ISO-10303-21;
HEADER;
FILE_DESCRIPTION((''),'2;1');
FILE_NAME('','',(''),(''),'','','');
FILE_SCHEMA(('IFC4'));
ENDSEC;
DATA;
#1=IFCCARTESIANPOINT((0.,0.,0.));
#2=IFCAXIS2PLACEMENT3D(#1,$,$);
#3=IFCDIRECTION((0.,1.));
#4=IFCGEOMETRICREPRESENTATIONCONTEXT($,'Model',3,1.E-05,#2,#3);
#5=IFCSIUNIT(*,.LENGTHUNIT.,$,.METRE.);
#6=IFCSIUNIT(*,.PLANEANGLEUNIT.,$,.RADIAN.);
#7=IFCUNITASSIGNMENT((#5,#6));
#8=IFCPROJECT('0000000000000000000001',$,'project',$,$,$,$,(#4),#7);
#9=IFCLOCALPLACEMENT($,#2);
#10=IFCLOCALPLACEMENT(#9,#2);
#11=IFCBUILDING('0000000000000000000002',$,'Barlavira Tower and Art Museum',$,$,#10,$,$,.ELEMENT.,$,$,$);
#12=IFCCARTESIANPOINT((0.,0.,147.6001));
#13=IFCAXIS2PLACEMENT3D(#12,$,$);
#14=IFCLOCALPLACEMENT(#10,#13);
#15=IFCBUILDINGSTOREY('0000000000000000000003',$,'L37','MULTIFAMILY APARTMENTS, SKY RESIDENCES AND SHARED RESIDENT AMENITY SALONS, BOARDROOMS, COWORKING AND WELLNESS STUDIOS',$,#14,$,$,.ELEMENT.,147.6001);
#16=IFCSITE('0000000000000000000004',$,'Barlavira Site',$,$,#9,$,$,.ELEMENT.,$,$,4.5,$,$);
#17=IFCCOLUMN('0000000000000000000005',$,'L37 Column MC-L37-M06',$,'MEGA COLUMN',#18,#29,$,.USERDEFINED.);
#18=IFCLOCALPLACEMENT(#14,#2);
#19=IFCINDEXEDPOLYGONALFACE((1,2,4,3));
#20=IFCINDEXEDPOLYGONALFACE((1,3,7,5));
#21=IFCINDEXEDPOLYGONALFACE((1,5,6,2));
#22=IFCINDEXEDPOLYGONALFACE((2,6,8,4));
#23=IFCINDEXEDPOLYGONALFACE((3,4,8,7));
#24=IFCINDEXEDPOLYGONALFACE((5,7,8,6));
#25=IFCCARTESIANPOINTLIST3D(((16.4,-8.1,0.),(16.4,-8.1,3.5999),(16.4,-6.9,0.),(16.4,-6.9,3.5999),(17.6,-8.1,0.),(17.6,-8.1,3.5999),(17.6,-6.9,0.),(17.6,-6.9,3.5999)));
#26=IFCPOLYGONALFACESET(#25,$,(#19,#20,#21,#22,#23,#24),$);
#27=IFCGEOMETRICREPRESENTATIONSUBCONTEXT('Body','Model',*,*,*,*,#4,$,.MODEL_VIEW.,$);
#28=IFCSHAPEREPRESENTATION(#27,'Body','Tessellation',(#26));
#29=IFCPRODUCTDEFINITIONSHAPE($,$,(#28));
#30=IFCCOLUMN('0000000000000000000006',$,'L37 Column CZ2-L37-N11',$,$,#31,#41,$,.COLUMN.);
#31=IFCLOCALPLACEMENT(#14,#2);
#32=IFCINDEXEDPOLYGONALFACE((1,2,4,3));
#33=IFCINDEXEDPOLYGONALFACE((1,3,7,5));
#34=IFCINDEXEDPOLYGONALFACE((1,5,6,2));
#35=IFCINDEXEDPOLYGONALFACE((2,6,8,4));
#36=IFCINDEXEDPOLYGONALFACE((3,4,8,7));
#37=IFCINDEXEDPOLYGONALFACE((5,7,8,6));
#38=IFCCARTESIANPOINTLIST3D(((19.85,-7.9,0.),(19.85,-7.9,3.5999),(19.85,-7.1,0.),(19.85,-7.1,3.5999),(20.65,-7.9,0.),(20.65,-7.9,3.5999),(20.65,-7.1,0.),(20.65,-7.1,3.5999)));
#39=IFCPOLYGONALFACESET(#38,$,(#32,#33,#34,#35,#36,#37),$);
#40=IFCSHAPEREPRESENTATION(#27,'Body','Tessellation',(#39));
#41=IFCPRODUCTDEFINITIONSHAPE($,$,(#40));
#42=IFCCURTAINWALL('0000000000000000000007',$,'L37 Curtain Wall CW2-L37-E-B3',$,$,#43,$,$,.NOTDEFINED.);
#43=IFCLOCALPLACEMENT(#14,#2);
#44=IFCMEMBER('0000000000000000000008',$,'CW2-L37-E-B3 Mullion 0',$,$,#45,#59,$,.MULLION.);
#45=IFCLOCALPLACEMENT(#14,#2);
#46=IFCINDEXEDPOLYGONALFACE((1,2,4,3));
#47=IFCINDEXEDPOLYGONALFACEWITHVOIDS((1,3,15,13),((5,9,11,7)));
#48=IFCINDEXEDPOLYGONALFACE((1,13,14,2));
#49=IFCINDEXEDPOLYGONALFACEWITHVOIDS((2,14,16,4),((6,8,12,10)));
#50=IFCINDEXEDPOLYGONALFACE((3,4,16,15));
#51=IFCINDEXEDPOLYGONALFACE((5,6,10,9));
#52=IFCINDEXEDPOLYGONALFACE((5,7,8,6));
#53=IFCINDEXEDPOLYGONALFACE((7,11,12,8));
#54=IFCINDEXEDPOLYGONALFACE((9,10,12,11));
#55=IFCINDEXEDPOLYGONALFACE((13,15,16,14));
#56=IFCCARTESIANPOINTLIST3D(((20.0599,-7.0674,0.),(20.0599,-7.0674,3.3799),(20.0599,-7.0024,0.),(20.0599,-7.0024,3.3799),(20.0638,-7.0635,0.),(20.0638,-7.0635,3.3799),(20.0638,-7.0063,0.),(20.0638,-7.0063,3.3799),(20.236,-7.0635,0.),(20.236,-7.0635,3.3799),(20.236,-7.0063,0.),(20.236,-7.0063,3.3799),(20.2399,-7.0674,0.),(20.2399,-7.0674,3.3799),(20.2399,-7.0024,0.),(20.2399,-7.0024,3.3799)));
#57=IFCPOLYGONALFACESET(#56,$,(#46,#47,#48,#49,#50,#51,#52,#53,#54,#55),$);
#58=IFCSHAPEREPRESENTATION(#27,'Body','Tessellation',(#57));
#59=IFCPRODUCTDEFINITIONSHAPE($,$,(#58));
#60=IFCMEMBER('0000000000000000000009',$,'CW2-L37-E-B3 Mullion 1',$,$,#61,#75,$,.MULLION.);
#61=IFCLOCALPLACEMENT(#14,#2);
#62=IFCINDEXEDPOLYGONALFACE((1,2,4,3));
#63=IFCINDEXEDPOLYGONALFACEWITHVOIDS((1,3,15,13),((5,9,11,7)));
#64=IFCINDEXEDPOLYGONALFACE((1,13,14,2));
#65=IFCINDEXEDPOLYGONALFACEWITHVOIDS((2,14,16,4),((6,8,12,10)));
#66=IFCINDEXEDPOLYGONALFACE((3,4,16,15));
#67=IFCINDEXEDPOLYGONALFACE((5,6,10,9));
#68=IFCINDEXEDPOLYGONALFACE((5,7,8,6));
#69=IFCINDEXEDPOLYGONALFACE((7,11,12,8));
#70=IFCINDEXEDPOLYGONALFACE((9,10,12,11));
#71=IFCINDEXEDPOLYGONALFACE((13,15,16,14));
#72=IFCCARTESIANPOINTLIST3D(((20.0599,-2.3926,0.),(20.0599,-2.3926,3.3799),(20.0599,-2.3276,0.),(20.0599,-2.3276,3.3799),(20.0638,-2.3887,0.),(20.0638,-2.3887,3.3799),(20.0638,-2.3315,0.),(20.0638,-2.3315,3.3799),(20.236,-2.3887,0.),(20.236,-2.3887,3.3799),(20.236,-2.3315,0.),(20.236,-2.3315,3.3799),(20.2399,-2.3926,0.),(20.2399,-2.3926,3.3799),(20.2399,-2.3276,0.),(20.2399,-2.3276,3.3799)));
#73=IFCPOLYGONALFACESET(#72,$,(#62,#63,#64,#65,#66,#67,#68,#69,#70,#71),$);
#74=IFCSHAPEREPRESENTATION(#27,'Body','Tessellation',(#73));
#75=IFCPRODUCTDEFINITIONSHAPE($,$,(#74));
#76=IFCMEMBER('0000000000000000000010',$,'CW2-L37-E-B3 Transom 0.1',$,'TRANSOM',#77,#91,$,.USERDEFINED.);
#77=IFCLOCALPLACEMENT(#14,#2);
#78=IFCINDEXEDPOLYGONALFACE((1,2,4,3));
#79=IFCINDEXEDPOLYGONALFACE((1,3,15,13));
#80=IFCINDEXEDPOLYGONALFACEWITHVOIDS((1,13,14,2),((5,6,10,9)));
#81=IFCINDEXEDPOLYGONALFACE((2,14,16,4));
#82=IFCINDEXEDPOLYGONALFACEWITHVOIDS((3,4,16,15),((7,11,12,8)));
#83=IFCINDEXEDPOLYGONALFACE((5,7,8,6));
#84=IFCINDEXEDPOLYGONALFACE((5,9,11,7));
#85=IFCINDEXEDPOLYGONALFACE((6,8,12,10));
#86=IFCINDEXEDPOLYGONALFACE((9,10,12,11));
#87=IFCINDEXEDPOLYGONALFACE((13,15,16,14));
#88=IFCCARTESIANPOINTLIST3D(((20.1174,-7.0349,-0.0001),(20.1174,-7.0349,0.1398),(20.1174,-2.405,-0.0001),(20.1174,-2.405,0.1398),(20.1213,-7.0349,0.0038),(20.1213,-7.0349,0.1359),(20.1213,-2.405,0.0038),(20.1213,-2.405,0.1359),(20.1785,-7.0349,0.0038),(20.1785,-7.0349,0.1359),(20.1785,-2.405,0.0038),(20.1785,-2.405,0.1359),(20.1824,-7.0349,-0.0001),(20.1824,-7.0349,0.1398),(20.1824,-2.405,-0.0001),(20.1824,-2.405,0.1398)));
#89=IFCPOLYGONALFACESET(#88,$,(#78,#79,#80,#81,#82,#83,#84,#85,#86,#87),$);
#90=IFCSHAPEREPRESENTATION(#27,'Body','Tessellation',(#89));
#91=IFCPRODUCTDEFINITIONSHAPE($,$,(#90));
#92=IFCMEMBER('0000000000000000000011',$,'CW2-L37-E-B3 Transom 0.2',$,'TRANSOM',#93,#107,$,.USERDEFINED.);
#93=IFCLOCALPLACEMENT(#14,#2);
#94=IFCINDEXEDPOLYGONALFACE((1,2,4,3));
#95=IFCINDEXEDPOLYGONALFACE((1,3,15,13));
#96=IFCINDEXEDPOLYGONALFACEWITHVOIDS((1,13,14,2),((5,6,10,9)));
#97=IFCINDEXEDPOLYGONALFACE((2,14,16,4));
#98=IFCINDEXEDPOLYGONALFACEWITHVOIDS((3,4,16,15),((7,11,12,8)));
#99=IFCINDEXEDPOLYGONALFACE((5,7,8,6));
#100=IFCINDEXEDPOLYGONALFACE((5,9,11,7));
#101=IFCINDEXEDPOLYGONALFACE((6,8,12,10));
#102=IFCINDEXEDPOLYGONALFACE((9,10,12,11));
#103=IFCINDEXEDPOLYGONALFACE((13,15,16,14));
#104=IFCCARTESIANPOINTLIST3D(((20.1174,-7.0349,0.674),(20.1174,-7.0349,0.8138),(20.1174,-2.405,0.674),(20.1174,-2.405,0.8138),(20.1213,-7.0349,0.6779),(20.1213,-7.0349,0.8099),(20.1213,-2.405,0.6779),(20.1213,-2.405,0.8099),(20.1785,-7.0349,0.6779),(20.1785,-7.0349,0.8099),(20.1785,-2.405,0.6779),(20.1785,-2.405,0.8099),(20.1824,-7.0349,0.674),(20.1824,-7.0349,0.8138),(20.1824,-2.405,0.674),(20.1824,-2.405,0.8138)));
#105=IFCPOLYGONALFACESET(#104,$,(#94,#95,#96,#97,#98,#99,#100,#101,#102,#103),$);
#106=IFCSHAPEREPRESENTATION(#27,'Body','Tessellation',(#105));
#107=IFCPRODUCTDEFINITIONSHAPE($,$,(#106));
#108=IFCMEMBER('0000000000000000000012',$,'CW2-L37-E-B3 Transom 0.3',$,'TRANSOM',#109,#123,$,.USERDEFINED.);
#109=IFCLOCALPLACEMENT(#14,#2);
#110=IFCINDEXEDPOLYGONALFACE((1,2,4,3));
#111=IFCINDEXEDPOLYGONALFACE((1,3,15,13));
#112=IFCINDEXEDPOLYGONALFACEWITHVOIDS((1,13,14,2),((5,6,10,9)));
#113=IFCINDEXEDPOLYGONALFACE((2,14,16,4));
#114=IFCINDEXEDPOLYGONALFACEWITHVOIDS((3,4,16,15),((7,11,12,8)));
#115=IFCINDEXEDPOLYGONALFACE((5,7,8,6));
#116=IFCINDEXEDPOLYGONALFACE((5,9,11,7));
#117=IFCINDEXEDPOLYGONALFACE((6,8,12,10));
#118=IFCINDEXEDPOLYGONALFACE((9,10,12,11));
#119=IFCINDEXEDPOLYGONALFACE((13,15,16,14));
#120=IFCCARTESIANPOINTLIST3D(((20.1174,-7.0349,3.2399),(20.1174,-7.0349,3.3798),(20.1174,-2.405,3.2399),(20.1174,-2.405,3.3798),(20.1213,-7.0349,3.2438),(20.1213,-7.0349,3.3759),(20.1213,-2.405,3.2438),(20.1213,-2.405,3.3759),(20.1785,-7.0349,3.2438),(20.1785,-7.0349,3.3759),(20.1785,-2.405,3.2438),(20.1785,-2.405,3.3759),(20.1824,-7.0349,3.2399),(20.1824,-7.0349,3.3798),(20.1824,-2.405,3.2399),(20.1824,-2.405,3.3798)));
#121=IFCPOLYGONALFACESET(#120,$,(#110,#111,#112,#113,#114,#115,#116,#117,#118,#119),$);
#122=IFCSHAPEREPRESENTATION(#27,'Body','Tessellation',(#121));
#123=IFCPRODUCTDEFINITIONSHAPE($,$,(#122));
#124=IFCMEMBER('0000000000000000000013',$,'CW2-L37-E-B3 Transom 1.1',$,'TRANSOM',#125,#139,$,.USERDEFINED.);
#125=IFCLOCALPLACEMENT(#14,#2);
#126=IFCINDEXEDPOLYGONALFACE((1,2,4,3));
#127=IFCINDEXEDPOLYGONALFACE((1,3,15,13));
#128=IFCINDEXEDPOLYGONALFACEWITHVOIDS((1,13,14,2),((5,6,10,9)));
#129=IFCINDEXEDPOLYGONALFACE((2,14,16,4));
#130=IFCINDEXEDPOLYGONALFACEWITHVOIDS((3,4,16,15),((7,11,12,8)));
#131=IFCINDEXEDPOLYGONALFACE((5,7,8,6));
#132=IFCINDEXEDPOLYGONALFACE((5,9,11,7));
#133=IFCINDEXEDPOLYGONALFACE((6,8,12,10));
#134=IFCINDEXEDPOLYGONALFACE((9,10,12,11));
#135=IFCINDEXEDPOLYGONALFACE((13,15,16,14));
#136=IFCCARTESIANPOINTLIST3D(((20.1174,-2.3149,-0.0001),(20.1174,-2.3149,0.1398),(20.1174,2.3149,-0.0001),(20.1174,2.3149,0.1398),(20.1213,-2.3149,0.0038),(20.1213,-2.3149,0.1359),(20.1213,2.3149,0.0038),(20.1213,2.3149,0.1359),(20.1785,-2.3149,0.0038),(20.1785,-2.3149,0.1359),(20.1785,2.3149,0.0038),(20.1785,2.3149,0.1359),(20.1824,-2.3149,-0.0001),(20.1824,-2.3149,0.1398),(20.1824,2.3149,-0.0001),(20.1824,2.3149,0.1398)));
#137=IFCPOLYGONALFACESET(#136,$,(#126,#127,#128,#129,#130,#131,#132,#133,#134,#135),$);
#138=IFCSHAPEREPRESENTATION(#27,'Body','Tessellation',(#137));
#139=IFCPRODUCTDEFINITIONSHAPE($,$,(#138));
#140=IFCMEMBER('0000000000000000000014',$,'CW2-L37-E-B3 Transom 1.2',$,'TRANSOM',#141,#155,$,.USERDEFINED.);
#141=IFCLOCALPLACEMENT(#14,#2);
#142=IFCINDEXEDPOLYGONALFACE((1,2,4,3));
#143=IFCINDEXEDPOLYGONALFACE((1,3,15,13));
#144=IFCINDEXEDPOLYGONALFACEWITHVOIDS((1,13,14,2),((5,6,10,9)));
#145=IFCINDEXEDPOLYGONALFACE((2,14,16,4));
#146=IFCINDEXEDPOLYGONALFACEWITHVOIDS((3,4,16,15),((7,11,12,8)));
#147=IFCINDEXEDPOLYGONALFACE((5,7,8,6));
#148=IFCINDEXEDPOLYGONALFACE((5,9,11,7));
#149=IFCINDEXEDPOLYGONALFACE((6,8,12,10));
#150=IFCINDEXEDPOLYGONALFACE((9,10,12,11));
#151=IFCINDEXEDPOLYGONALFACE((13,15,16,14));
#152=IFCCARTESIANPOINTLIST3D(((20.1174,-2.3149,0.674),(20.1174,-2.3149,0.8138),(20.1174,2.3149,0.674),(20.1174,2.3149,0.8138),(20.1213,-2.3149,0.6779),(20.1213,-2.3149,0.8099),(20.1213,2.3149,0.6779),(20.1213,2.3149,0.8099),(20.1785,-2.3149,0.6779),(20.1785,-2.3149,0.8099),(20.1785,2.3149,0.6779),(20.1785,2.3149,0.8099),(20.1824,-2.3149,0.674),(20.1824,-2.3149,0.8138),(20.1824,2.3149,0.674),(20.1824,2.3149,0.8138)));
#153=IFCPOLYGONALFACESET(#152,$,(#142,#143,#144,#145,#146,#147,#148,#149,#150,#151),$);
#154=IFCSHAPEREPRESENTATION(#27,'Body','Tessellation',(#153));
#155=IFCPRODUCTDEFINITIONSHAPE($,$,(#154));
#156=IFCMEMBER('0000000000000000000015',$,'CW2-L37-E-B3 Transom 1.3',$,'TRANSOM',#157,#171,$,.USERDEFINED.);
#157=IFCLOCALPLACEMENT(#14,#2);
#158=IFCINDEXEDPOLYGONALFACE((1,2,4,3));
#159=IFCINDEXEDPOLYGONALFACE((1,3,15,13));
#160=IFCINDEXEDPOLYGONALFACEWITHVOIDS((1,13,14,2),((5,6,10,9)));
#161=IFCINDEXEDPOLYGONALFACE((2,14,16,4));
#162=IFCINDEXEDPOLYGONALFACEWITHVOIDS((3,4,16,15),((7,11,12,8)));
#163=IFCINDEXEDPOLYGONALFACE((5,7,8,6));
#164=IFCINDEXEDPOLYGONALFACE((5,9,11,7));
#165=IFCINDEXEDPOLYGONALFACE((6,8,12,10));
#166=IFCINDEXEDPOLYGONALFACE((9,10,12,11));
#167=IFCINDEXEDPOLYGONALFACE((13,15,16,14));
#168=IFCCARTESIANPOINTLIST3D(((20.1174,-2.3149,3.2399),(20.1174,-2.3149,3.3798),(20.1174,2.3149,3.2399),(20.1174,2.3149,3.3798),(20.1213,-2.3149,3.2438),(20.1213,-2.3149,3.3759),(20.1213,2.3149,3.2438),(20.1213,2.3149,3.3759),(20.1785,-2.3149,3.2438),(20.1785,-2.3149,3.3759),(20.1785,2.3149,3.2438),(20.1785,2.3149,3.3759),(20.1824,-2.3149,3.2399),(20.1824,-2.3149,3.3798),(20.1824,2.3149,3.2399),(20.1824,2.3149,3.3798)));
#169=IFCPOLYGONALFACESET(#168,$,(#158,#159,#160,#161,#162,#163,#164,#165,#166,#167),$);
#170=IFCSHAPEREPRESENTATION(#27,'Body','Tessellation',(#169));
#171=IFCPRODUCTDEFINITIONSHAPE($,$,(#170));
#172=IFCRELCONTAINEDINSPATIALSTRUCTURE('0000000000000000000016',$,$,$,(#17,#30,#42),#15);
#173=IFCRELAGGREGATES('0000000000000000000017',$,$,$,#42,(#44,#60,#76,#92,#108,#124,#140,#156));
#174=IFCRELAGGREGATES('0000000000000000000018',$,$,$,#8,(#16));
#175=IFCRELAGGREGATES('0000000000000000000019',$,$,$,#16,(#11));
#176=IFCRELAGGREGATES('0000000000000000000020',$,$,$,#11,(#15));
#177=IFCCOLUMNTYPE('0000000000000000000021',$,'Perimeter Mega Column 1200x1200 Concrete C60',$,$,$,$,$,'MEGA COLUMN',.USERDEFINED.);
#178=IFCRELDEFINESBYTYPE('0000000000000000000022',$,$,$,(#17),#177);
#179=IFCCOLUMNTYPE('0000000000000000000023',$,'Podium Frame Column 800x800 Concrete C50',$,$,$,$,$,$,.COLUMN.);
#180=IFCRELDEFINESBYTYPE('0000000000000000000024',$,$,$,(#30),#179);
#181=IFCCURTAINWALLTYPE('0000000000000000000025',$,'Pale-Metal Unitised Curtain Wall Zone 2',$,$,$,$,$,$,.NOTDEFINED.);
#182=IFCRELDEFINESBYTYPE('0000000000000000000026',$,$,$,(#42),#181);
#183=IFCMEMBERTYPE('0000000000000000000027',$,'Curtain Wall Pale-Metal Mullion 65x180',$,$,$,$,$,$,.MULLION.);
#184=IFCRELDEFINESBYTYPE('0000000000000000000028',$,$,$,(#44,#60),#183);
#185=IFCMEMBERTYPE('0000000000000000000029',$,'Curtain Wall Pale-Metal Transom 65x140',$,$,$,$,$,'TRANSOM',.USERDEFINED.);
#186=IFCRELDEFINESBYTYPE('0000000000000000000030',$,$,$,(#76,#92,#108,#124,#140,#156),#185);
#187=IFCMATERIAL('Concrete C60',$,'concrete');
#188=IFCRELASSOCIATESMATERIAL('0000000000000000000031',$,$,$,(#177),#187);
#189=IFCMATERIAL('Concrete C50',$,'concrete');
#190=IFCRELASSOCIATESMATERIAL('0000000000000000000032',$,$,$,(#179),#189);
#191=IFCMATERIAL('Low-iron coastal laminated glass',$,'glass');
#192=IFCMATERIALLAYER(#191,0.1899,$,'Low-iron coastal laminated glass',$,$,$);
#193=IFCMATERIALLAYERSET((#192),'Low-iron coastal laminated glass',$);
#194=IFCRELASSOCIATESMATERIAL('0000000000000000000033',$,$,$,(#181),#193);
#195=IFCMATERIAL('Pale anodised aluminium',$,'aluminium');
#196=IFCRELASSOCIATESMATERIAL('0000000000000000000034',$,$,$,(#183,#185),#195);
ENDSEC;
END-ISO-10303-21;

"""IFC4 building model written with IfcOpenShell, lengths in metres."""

from ifc_helpers import new_model, si_unit, direction, frame, origin, origin_2d, place, context, subcontext, project, spatial, rectangle, hollow_rectangle, extrude, material, layer, layer_set, material_profile, profile_set, type_object, element, aggregate, save


model = new_model("IFC4")

# Units and contexts
model_context = context("Model", 3, precision=1e-05, world=origin(), true_north=direction((0.0, 1.0)))
body_context = subcontext(model_context, "Body", "Model", "MODEL_VIEW")
ifc_project = project(units=[si_unit("LENGTHUNIT", "METRE"), si_unit("PLANEANGLEUNIT", "RADIAN")], contexts=[model_context])

# Site, building, storey
site_placement = place(None, origin())
site = spatial("IfcSite", under=ifc_project, at=site_placement, Name="Barlavira Site", CompositionType="ELEMENT", RefElevation=4.5)
building_placement = place(site_placement, origin())
building = spatial("IfcBuilding", under=site, at=building_placement, Name="Barlavira Tower and Art Museum", CompositionType="ELEMENT")
storey_placement = place(building_placement, frame((0.0, 0.0, 147.6001)))
storey = spatial("IfcBuildingStorey", under=building, at=storey_placement, Name="L37", Description="MULTIFAMILY APARTMENTS, SKY RESIDENCES AND SHARED RESIDENT AMENITY SALONS, BOARDROOMS, COWORKING AND WELLNESS STUDIOS", CompositionType="ELEMENT", Elevation=147.6001)

# Columns
ifc_material_1 = material(Name="Concrete C60", Category="concrete")
ifc_material_profile_1 = material_profile(ifc_material_1, rectangle(XDim=1.2, YDim=1.2, at=origin_2d()), Name="RC-COL 1200x1200")
ifc_profile_set_1 = profile_set([ifc_material_profile_1], Name="Concrete C60")
column_type_1 = type_object("IfcColumnType", Name="Perimeter Mega Column 1200x1200 Concrete C60", ElementType="MEGA COLUMN", PredefinedType="USERDEFINED", material=ifc_profile_set_1)
column_1_placement = place(storey_placement, frame((17.0, -7.5, 0.0), z_axis=(0.0, 0.0, 1.0), x_axis=(1.0, 0.0, 0.0)))
element("IfcColumn", 1, at=column_1_placement, inside=storey, type_object=column_type_1, Name="L37 Column MC-L37-M06", ObjectType="MEGA COLUMN", PredefinedType="USERDEFINED", context=body_context, shape_type="SweptSolid", body=[
    extrude(rectangle(XDim=1.2, YDim=1.2, at=origin_2d()), origin(), (0.0, 0.0, 1.0), 3.5999),
])
ifc_material_2 = material(Name="Concrete C50", Category="concrete")
ifc_material_profile_2 = material_profile(ifc_material_2, rectangle(XDim=0.8, YDim=0.8, at=origin_2d()), Name="RC-COL 800x800")
ifc_profile_set_2 = profile_set([ifc_material_profile_2], Name="Concrete C50")
column_type_2 = type_object("IfcColumnType", Name="Podium Frame Column 800x800 Concrete C50", PredefinedType="COLUMN", material=ifc_profile_set_2)
column_2_placement = place(storey_placement, frame((20.25, -7.5, 0.0), z_axis=(0.0, 0.0, 1.0), x_axis=(1.0, 0.0, 0.0)))
element("IfcColumn", 2, at=column_2_placement, inside=storey, type_object=column_type_2, Name="L37 Column CZ2-L37-N11", PredefinedType="COLUMN", context=body_context, shape_type="SweptSolid", body=[
    extrude(rectangle(XDim=0.8, YDim=0.8, at=origin_2d()), origin(), (0.0, 0.0, 1.0), 3.5999),
])

# Curtain wall, members
ifc_material_3 = material(Name="Low-iron coastal laminated glass", Category="glass")
ifc_layer_1 = layer(ifc_material_3, 0.1899, Name="Low-iron coastal laminated glass")
ifc_layer_set_1 = layer_set([ifc_layer_1], Name="Low-iron coastal laminated glass")
curtain_wall_type = type_object("IfcCurtainWallType", Name="Pale-Metal Unitised Curtain Wall Zone 2", PredefinedType="NOTDEFINED", material=ifc_layer_set_1)
curtain_wall_placement = place(storey_placement, origin())
curtain_wall = element("IfcCurtainWall", 3, at=curtain_wall_placement, inside=storey, type_object=curtain_wall_type, Name="L37 Curtain Wall CW2-L37-E-B3", PredefinedType="NOTDEFINED")
ifc_material_4 = material(Name="Pale anodised aluminium", Category="aluminium")
ifc_material_profile_3 = material_profile(ifc_material_4, hollow_rectangle(XDim=0.0649, YDim=0.1799, WallThickness=0.0039, at=origin_2d()), Name="ALU-MULL 65x180x4")
ifc_profile_set_3 = profile_set([ifc_material_profile_3], Name="Pale anodised aluminium")
member_type_1 = type_object("IfcMemberType", Name="Curtain Wall Pale-Metal Mullion 65x180", PredefinedType="MULLION", material=ifc_profile_set_3)
member_1_placement = place(storey_placement, frame((20.1499, -7.0349, 0.0), z_axis=(0.0, 0.0, 1.0), x_axis=(0.0, 1.0, 0.0)))
member_1 = element("IfcMember", 4, at=member_1_placement, type_object=member_type_1, Name="CW2-L37-E-B3 Mullion 0", PredefinedType="MULLION", context=body_context, shape_type="SweptSolid", body=[
    extrude(hollow_rectangle(XDim=0.0649, YDim=0.1799, WallThickness=0.0039, at=origin_2d()), origin(), (0.0, 0.0, 1.0), 3.3799),
])
member_2_placement = place(storey_placement, frame((20.1499, -2.3601, 0.0), z_axis=(0.0, 0.0, 1.0), x_axis=(0.0, 1.0, 0.0)))
member_2 = element("IfcMember", 5, at=member_2_placement, type_object=member_type_1, Name="CW2-L37-E-B3 Mullion 1", PredefinedType="MULLION", context=body_context, shape_type="SweptSolid", body=[
    extrude(hollow_rectangle(XDim=0.0649, YDim=0.1799, WallThickness=0.0039, at=origin_2d()), origin(), (0.0, 0.0, 1.0), 3.3799),
])
ifc_material_profile_4 = material_profile(ifc_material_4, hollow_rectangle(XDim=0.0649, YDim=0.1399, WallThickness=0.0039, at=origin_2d()), Name="ALU-TRAN 65x140x4")
ifc_profile_set_4 = profile_set([ifc_material_profile_4], Name="Pale anodised aluminium")
member_type_2 = type_object("IfcMemberType", Name="Curtain Wall Pale-Metal Transom 65x140", ElementType="TRANSOM", PredefinedType="USERDEFINED", material=ifc_profile_set_4)
member_3_placement = place(storey_placement, frame((20.1499, -7.0349, 0.0698), z_axis=(0.0, 1.0, 0.0), x_axis=(-1.0, 0.0, 0.0)))
member_3 = element("IfcMember", 6, at=member_3_placement, type_object=member_type_2, Name="CW2-L37-E-B3 Transom 0.1", ObjectType="TRANSOM", PredefinedType="USERDEFINED", context=body_context, shape_type="SweptSolid", body=[
    extrude(hollow_rectangle(XDim=0.0649, YDim=0.1399, WallThickness=0.0039, at=origin_2d()), origin(), (0.0, 0.0, 1.0), 4.6299),
])
member_4_placement = place(storey_placement, frame((20.1499, -7.0349, 0.7439), z_axis=(0.0, 1.0, 0.0), x_axis=(-1.0, 0.0, 0.0)))
member_4 = element("IfcMember", 7, at=member_4_placement, type_object=member_type_2, Name="CW2-L37-E-B3 Transom 0.2", ObjectType="TRANSOM", PredefinedType="USERDEFINED", context=body_context, shape_type="SweptSolid", body=[
    extrude(hollow_rectangle(XDim=0.0649, YDim=0.1399, WallThickness=0.0039, at=origin_2d()), origin(), (0.0, 0.0, 1.0), 4.6299),
])
member_5_placement = place(storey_placement, frame((20.1499, -7.0349, 3.3098), z_axis=(0.0, 1.0, 0.0), x_axis=(-1.0, 0.0, 0.0)))
member_5 = element("IfcMember", 8, at=member_5_placement, type_object=member_type_2, Name="CW2-L37-E-B3 Transom 0.3", ObjectType="TRANSOM", PredefinedType="USERDEFINED", context=body_context, shape_type="SweptSolid", body=[
    extrude(hollow_rectangle(XDim=0.0649, YDim=0.1399, WallThickness=0.0039, at=origin_2d()), origin(), (0.0, 0.0, 1.0), 4.6299),
])
member_6_placement = place(storey_placement, frame((20.1499, -2.3149, 0.0698), z_axis=(0.0, 1.0, 0.0), x_axis=(-1.0, 0.0, 0.0)))
member_6 = element("IfcMember", 9, at=member_6_placement, type_object=member_type_2, Name="CW2-L37-E-B3 Transom 1.1", ObjectType="TRANSOM", PredefinedType="USERDEFINED", context=body_context, shape_type="SweptSolid", body=[
    extrude(hollow_rectangle(XDim=0.0649, YDim=0.1399, WallThickness=0.0039, at=origin_2d()), origin(), (0.0, 0.0, 1.0), 4.6299),
])
member_7_placement = place(storey_placement, frame((20.1499, -2.3149, 0.7439), z_axis=(0.0, 1.0, 0.0), x_axis=(-1.0, 0.0, 0.0)))
member_7 = element("IfcMember", 10, at=member_7_placement, type_object=member_type_2, Name="CW2-L37-E-B3 Transom 1.2", ObjectType="TRANSOM", PredefinedType="USERDEFINED", context=body_context, shape_type="SweptSolid", body=[
    extrude(hollow_rectangle(XDim=0.0649, YDim=0.1399, WallThickness=0.0039, at=origin_2d()), origin(), (0.0, 0.0, 1.0), 4.6299),
])
member_8_placement = place(storey_placement, frame((20.1499, -2.3149, 3.3098), z_axis=(0.0, 1.0, 0.0), x_axis=(-1.0, 0.0, 0.0)))
member_8 = element("IfcMember", 11, at=member_8_placement, type_object=member_type_2, Name="CW2-L37-E-B3 Transom 1.3", ObjectType="TRANSOM", PredefinedType="USERDEFINED", context=body_context, shape_type="SweptSolid", body=[
    extrude(hollow_rectangle(XDim=0.0649, YDim=0.1399, WallThickness=0.0039, at=origin_2d()), origin(), (0.0, 0.0, 1.0), 4.6299),
])

aggregate(curtain_wall, [member_1, member_2, member_3, member_4, member_5, member_6, member_7, member_8])

save(model, "model.ifc")
